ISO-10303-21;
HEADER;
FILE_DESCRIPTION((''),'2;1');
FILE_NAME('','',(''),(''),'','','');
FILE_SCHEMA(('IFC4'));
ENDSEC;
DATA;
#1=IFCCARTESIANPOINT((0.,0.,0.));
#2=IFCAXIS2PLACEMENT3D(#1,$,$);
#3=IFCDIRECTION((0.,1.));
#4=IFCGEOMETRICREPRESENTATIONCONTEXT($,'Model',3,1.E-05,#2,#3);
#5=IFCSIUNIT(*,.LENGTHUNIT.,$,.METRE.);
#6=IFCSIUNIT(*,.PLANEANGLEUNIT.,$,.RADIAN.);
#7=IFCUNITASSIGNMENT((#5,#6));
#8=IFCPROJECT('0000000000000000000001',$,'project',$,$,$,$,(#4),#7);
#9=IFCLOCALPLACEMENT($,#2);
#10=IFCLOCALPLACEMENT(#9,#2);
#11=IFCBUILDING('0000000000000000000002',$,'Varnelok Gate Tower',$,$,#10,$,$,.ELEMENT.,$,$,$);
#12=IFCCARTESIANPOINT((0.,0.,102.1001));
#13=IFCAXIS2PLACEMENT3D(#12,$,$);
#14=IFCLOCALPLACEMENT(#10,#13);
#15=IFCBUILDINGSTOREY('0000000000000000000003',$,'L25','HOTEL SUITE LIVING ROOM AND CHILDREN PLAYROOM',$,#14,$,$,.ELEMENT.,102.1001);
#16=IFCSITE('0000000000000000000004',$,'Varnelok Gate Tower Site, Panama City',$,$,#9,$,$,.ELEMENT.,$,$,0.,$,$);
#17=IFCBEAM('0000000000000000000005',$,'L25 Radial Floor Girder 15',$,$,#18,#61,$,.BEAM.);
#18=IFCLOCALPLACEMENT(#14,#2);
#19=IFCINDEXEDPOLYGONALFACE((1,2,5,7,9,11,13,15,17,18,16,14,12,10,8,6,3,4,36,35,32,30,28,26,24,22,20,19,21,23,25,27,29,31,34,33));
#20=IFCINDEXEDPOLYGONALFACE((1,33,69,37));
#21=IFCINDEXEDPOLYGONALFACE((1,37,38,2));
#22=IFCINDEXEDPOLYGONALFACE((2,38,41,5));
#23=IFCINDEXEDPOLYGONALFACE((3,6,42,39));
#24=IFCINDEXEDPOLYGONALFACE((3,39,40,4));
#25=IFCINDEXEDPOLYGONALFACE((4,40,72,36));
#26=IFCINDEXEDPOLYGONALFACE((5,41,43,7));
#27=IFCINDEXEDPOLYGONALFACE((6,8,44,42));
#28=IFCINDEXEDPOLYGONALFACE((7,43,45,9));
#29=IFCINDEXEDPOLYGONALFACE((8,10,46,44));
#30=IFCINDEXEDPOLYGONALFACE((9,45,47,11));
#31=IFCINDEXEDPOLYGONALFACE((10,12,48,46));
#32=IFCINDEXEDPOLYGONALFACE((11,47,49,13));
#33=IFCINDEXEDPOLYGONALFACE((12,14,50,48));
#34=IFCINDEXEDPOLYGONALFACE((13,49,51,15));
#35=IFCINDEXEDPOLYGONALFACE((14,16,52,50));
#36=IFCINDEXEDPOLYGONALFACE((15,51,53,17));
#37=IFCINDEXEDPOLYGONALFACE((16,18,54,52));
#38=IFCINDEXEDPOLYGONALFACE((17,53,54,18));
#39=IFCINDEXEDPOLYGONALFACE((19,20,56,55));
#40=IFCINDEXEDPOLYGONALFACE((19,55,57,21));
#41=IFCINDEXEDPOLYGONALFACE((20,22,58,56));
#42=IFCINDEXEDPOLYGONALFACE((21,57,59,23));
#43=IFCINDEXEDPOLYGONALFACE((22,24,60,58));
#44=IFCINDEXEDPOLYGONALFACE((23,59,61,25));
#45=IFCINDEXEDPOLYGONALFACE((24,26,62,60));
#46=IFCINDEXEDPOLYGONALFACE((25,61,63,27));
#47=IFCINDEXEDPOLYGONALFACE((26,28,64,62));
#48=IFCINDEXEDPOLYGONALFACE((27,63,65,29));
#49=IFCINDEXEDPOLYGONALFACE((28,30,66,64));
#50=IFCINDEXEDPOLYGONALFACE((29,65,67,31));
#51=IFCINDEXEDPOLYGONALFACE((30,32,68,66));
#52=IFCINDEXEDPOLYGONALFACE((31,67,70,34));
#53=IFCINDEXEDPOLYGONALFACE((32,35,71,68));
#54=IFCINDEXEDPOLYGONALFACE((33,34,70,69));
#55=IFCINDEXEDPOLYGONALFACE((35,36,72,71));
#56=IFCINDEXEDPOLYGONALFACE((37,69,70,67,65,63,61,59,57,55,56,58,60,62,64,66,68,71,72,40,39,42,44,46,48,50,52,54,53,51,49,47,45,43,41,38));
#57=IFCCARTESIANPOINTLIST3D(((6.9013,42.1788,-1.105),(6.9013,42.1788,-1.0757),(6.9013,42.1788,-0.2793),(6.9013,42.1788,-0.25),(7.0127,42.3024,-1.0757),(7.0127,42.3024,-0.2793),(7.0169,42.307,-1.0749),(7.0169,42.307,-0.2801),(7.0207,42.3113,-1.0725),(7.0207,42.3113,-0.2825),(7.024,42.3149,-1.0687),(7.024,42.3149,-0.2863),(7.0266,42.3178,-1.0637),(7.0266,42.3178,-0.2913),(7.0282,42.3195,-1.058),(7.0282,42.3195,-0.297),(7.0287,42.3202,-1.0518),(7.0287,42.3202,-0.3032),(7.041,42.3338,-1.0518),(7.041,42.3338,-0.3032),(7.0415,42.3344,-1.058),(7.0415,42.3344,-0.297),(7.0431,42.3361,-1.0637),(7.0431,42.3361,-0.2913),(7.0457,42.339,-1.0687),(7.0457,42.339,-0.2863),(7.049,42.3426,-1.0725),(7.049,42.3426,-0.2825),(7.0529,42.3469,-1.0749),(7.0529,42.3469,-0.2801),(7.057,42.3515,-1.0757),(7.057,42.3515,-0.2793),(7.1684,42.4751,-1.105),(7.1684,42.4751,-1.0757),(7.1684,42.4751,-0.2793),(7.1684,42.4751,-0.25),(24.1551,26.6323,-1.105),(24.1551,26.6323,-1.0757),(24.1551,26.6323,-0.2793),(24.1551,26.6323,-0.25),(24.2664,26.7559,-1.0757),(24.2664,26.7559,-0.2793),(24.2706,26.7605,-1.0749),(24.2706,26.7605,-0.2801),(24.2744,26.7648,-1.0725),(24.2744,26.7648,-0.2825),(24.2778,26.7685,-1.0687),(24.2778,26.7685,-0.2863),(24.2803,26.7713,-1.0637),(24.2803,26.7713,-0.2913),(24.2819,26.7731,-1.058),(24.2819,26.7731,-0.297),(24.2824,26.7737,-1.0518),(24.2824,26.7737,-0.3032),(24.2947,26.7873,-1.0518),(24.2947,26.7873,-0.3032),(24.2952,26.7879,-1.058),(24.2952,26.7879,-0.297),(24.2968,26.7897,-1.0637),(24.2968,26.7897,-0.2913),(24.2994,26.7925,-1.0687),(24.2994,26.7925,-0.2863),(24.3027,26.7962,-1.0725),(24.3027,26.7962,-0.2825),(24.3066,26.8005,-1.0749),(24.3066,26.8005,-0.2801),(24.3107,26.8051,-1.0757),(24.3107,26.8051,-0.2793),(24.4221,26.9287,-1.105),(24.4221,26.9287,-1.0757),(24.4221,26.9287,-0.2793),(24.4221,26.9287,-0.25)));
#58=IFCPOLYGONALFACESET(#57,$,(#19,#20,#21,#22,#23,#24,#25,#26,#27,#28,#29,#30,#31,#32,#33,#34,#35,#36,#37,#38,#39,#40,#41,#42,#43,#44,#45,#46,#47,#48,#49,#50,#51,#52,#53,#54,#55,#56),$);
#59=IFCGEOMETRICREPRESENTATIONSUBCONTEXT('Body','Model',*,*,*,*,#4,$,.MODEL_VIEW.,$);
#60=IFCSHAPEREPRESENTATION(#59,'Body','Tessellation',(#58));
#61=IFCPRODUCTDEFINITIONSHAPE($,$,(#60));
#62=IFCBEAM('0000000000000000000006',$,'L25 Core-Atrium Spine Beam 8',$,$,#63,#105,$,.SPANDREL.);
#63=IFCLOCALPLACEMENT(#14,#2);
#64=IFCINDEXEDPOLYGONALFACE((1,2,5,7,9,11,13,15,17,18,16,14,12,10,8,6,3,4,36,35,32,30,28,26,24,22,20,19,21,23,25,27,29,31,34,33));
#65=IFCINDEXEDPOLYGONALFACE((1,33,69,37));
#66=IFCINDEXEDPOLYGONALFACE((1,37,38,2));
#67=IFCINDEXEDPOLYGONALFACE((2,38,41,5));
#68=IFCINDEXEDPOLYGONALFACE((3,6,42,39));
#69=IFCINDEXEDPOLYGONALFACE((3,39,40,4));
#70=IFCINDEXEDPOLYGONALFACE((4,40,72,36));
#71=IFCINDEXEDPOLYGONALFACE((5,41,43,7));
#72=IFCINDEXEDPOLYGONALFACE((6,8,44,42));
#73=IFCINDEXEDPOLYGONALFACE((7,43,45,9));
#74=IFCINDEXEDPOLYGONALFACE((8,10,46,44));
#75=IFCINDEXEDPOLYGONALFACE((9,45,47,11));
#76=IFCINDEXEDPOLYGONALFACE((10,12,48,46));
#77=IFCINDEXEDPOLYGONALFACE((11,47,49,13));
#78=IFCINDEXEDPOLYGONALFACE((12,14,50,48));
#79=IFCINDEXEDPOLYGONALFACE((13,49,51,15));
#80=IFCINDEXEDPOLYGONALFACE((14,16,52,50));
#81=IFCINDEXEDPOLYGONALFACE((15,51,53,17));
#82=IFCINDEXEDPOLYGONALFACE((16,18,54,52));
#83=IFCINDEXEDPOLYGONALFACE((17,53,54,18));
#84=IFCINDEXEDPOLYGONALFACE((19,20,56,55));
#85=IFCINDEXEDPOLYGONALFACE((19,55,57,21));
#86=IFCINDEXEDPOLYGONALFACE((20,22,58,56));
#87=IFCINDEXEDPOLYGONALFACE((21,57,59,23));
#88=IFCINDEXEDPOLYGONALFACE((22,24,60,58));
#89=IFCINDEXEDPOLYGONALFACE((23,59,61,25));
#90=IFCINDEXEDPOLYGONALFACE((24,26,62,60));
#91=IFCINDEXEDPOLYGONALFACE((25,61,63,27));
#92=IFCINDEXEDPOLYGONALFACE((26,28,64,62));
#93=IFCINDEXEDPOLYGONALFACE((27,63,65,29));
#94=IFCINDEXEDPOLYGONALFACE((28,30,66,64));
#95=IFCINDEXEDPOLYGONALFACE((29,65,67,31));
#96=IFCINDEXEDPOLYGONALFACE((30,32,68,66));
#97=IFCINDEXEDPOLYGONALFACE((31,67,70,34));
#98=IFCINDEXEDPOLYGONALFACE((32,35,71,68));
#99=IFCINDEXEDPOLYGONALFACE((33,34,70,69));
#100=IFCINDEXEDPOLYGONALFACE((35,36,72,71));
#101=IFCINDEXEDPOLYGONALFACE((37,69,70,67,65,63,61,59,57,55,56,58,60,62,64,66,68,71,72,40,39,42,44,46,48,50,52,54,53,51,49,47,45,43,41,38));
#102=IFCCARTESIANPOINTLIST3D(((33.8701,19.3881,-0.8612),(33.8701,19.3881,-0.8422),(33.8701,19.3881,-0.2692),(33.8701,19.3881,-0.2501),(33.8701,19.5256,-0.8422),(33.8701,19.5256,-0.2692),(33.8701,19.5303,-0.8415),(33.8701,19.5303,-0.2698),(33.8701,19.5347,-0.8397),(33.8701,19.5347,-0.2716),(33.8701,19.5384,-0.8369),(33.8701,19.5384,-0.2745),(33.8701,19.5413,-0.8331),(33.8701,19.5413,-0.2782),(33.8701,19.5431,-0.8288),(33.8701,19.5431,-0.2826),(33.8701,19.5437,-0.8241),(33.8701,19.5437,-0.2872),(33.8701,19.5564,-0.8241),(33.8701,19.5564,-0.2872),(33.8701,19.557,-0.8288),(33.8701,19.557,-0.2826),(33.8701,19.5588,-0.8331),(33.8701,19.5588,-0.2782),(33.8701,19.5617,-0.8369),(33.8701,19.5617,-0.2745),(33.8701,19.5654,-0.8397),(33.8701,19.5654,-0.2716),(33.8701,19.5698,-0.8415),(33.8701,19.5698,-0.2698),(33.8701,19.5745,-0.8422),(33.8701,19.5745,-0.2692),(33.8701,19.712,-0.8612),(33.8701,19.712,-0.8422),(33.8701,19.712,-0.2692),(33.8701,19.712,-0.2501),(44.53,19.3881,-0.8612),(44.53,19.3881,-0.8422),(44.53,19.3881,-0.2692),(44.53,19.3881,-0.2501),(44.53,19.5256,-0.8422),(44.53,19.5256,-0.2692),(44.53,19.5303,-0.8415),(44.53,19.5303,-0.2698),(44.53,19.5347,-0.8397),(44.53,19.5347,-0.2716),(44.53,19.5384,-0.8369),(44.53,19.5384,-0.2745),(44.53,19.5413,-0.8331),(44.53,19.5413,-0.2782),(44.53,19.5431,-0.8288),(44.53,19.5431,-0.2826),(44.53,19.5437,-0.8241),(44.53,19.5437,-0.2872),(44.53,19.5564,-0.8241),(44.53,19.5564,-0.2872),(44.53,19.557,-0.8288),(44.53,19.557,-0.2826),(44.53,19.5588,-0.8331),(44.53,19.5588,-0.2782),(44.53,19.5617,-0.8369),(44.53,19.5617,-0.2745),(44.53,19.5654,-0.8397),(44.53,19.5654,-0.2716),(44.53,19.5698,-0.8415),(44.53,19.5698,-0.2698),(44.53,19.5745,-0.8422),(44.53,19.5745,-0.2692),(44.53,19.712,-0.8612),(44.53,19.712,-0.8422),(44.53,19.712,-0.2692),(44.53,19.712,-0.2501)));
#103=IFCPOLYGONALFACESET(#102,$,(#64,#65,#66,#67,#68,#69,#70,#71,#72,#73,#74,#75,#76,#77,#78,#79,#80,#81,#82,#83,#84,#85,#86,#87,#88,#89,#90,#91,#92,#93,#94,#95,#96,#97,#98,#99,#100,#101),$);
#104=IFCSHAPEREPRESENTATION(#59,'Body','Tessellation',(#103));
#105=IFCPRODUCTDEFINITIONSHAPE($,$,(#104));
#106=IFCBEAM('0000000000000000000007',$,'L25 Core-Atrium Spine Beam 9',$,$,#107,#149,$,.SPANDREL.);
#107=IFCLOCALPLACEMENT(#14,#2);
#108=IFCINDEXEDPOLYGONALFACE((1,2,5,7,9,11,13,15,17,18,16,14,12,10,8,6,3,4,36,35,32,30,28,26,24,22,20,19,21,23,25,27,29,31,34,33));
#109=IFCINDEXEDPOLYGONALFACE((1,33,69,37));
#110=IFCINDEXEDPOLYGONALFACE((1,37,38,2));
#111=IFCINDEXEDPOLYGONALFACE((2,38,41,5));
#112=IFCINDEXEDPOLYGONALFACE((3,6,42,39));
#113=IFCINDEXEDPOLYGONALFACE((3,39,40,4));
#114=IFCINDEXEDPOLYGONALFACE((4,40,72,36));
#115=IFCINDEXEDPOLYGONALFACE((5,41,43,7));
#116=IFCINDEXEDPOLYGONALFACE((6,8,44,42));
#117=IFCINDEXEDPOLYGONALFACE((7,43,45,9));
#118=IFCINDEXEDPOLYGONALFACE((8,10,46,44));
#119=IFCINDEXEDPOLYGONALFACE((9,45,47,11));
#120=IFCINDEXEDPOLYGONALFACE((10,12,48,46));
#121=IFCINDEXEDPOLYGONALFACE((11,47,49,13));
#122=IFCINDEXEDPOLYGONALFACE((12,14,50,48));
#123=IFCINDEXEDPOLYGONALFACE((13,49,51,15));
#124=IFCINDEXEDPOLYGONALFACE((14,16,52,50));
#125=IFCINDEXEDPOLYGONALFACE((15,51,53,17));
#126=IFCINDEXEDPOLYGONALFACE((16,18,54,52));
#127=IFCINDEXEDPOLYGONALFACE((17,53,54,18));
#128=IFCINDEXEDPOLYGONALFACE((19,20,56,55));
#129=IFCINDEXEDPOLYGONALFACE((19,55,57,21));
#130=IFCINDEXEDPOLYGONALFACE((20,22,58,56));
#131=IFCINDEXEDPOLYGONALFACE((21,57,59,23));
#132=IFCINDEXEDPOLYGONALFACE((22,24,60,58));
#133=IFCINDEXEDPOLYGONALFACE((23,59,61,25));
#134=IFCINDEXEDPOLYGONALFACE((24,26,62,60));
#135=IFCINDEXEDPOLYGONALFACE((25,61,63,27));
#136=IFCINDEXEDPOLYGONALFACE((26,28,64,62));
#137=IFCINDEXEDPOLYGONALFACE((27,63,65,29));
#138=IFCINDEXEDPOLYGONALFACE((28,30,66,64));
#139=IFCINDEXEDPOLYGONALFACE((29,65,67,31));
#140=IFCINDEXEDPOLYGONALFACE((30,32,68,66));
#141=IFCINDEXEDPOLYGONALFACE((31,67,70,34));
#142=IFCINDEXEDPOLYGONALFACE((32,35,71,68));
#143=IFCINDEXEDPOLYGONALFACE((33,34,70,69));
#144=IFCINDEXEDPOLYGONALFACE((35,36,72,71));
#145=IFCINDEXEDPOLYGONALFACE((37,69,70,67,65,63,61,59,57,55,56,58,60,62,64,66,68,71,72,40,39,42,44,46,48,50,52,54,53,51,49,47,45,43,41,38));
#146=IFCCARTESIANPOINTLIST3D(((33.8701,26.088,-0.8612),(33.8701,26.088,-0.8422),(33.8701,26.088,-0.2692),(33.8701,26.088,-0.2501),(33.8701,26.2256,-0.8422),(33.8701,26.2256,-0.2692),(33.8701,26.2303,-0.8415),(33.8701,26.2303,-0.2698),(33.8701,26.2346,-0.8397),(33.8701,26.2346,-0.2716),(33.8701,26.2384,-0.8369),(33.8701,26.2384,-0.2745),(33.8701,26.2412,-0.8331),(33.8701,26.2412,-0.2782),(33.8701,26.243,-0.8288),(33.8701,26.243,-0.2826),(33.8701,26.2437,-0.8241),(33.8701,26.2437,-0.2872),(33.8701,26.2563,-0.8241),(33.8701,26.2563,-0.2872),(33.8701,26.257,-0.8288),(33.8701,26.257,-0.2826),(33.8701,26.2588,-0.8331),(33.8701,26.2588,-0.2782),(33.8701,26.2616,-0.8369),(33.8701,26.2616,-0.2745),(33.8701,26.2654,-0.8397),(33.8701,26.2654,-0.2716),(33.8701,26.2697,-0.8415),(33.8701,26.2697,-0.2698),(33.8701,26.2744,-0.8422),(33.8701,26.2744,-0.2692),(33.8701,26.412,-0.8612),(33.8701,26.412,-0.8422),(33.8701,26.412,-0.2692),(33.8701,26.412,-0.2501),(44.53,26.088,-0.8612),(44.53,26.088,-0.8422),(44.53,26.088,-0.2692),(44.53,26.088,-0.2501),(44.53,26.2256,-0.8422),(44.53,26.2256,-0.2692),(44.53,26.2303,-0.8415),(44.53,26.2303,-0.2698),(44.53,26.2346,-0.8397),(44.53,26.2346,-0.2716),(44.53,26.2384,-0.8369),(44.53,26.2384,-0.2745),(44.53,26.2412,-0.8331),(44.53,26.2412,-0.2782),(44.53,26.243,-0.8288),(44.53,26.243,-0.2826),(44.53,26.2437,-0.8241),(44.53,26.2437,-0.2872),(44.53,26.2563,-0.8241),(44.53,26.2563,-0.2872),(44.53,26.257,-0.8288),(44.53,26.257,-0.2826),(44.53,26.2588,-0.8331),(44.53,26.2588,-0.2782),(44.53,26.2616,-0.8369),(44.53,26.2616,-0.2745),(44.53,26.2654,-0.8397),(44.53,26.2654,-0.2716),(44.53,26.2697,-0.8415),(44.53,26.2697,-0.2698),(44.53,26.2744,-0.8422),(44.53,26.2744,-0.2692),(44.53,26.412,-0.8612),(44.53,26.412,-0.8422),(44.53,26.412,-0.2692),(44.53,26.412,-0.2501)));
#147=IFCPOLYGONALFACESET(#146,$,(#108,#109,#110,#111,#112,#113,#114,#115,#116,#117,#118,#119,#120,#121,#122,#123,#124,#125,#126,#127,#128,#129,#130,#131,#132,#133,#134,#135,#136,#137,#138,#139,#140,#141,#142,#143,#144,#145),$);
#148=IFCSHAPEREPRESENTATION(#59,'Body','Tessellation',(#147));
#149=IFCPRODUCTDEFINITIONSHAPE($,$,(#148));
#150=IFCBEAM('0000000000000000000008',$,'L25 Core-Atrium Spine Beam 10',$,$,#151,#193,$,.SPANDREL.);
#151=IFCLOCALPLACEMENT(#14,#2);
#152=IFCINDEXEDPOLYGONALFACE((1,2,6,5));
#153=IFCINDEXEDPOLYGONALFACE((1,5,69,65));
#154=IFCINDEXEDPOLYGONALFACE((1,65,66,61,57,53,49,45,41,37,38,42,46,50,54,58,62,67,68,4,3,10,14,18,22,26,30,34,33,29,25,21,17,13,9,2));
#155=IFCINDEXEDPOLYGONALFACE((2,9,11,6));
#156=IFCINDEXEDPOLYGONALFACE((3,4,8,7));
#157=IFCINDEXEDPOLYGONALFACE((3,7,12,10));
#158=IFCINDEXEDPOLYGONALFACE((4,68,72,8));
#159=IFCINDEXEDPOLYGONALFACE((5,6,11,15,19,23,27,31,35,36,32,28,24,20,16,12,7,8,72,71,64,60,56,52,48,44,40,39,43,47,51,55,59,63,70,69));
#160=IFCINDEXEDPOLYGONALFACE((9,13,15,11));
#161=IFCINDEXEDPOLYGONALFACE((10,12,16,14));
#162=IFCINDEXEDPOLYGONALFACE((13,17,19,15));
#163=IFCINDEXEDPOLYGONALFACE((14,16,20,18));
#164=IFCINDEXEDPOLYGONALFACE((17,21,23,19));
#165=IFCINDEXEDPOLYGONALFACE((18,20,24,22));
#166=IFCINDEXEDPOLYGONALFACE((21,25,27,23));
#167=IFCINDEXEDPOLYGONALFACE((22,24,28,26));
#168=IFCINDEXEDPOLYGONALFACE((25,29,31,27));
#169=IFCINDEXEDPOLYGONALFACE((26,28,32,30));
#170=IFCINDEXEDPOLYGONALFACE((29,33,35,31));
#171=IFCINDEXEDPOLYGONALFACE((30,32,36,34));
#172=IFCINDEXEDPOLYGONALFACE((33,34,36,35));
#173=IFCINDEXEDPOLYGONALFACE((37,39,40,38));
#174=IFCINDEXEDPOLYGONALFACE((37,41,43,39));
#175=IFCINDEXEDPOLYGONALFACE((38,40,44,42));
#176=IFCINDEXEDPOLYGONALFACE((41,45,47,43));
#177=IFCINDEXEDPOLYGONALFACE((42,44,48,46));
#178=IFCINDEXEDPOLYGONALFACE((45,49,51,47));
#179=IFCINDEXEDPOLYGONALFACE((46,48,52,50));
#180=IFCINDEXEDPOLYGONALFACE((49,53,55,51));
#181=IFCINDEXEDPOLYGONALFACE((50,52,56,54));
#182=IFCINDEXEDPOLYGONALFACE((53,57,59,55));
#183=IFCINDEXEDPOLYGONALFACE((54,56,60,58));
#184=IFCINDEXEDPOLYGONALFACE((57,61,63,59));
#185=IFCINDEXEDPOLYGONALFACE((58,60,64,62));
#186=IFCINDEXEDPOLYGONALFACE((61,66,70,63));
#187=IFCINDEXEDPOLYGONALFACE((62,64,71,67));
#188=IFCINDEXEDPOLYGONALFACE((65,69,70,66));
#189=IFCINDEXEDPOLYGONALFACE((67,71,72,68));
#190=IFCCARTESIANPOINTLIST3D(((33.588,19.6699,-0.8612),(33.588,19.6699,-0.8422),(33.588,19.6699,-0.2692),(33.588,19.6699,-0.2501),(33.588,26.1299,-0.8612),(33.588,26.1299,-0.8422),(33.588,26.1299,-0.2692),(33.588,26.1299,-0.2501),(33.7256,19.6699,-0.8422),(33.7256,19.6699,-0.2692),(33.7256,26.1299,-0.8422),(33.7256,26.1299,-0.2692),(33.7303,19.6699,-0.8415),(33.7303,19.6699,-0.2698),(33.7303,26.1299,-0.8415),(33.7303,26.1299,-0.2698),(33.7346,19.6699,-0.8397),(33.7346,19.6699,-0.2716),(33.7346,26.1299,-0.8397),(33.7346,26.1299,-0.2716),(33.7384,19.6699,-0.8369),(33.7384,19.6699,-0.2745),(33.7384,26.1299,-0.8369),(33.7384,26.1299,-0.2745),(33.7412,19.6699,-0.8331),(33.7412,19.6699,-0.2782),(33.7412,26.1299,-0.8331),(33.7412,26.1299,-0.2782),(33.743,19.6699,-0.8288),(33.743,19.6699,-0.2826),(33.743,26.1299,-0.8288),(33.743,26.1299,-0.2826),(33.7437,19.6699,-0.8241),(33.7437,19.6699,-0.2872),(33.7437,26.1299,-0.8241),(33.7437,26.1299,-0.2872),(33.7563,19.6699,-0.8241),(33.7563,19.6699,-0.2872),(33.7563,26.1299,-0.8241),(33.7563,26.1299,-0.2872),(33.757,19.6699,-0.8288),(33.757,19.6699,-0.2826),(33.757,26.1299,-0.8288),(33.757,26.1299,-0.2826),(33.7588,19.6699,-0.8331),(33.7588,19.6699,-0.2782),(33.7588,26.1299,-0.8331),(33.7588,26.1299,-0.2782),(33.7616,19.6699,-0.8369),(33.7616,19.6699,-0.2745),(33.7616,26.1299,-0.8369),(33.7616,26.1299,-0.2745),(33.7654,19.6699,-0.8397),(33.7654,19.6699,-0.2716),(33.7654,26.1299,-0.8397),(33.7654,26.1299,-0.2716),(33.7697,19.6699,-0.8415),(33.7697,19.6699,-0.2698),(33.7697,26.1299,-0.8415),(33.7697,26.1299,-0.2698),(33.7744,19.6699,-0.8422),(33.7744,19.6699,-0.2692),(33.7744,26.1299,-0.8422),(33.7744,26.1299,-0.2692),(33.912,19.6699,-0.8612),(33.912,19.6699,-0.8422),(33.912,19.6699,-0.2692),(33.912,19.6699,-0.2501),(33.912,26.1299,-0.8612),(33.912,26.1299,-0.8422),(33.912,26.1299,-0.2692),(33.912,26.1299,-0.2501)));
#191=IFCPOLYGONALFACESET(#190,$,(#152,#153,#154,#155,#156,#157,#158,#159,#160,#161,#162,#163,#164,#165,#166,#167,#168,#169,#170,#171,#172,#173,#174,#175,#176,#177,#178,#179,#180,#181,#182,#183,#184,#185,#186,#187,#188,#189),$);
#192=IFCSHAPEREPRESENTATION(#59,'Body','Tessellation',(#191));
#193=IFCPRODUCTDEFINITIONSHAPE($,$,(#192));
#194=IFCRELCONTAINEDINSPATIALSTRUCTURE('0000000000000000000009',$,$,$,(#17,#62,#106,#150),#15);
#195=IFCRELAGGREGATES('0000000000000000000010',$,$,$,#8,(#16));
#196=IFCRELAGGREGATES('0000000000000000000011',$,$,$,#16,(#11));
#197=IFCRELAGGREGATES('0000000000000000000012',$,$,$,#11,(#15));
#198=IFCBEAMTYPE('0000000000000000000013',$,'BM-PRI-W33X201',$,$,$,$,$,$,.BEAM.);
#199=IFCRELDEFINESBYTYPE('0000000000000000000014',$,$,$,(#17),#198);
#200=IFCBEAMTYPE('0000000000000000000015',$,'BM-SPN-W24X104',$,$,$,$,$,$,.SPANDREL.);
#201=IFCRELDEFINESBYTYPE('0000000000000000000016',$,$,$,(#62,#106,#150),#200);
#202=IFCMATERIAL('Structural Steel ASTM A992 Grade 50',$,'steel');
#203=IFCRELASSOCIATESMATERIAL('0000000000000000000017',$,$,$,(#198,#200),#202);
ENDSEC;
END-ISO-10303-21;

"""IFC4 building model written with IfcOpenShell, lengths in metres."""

from ifc_helpers import new_model, si_unit, direction, frame, origin, origin_2d, place, context, subcontext, project, spatial, i_section, extrude, material, material_profile, profile_set, type_object, element, save


model = new_model("IFC4")

# Units and contexts
model_context = context("Model", 3, precision=1e-05, world=origin(), true_north=direction((0.0, 1.0)))
body_context = subcontext(model_context, "Body", "Model", "MODEL_VIEW")
ifc_project = project(units=[si_unit("LENGTHUNIT", "METRE"), si_unit("PLANEANGLEUNIT", "RADIAN")], contexts=[model_context])

# Site, building, storey
site_placement = place(None, origin())
site = spatial("IfcSite", under=ifc_project, at=site_placement, Name="Varnelok Gate Tower Site, Panama City", CompositionType="ELEMENT", RefElevation=0.0)
building_placement = place(site_placement, origin())
building = spatial("IfcBuilding", under=site, at=building_placement, Name="Varnelok Gate Tower", CompositionType="ELEMENT")
storey_placement = place(building_placement, frame((0.0, 0.0, 102.1001)))
storey = spatial("IfcBuildingStorey", under=building, at=storey_placement, Name="L25", Description="HOTEL SUITE LIVING ROOM AND CHILDREN PLAYROOM", CompositionType="ELEMENT", Elevation=102.1001)

# Shared definitions
ifc_material_1 = material(Name="Structural Steel ASTM A992 Grade 50", Category="steel")

# Beams
ifc_material_profile_1 = material_profile(ifc_material_1, i_section(OverallWidth=0.3989, OverallDepth=0.855, WebThickness=0.0183, FlangeThickness=0.0293, FilletRadius=0.0239, at=origin_2d()), Name="W33X201")
ifc_profile_set_1 = profile_set([ifc_material_profile_1], Name="Structural Steel ASTM A992 Grade 50")
beam_type_1 = type_object("IfcBeamType", Name="BM-PRI-W33X201", PredefinedType="BEAM", material=ifc_profile_set_1)
beam_1_placement = place(storey_placement, frame((24.2886, 26.7805, -0.6775), z_axis=(-0.742907, 0.669395, 0.0), x_axis=(-0.669395, -0.742907, 0.0)))
element("IfcBeam", 1, at=beam_1_placement, inside=storey, type_object=beam_type_1, Name="L25 Radial Floor Girder 15", PredefinedType="BEAM", context=body_context, shape_type="SweptSolid", body=[
    extrude(i_section(OverallWidth=0.3989, OverallDepth=0.855, WebThickness=0.0183, FlangeThickness=0.0293, FilletRadius=0.0239, at=origin_2d()), origin(), (0.0, 0.0, 1.0), 23.2246),
])
ifc_material_profile_2 = material_profile(ifc_material_1, i_section(OverallWidth=0.324, OverallDepth=0.6111, WebThickness=0.0127, FlangeThickness=0.019, FilletRadius=0.0181, at=origin_2d()), Name="W24X104")
ifc_profile_set_2 = profile_set([ifc_material_profile_2], Name="Structural Steel ASTM A992 Grade 50")
beam_type_2 = type_object("IfcBeamType", Name="BM-SPN-W24X104", PredefinedType="SPANDREL", material=ifc_profile_set_2)
for number, where, z_axis, x_axis, name in (
    (2, (33.8701, 19.55, -0.5557), (1.0, 0.0, 0.0), (0.0, 1.0, 0.0), "L25 Core-Atrium Spine Beam 8"),
    (3, (33.8701, 26.25, -0.5557), (1.0, 0.0, 0.0), (0.0, 1.0, 0.0), "L25 Core-Atrium Spine Beam 9"),
):
    element("IfcBeam", number, at=place(storey_placement, frame(where, z_axis=z_axis, x_axis=x_axis)), inside=storey, type_object=beam_type_2, Name=name, PredefinedType="SPANDREL", context=body_context, shape_type="SweptSolid", body=[
        extrude(i_section(OverallWidth=0.324, OverallDepth=0.6111, WebThickness=0.0127, FlangeThickness=0.019, FilletRadius=0.0181, at=origin_2d()), origin(), (0.0, 0.0, 1.0), 10.6599),
    ])
beam_2_placement = place(storey_placement, frame((33.75, 19.6699, -0.5557), z_axis=(0.0, 1.0, 0.0), x_axis=(-1.0, 0.0, 0.0)))
element("IfcBeam", 4, at=beam_2_placement, inside=storey, type_object=beam_type_2, Name="L25 Core-Atrium Spine Beam 10", PredefinedType="SPANDREL", context=body_context, shape_type="SweptSolid", body=[
    extrude(i_section(OverallWidth=0.324, OverallDepth=0.6111, WebThickness=0.0127, FlangeThickness=0.019, FilletRadius=0.0181, at=origin_2d()), origin(), (0.0, 0.0, 1.0), 6.46),
])

save(model, "model.ifc")
